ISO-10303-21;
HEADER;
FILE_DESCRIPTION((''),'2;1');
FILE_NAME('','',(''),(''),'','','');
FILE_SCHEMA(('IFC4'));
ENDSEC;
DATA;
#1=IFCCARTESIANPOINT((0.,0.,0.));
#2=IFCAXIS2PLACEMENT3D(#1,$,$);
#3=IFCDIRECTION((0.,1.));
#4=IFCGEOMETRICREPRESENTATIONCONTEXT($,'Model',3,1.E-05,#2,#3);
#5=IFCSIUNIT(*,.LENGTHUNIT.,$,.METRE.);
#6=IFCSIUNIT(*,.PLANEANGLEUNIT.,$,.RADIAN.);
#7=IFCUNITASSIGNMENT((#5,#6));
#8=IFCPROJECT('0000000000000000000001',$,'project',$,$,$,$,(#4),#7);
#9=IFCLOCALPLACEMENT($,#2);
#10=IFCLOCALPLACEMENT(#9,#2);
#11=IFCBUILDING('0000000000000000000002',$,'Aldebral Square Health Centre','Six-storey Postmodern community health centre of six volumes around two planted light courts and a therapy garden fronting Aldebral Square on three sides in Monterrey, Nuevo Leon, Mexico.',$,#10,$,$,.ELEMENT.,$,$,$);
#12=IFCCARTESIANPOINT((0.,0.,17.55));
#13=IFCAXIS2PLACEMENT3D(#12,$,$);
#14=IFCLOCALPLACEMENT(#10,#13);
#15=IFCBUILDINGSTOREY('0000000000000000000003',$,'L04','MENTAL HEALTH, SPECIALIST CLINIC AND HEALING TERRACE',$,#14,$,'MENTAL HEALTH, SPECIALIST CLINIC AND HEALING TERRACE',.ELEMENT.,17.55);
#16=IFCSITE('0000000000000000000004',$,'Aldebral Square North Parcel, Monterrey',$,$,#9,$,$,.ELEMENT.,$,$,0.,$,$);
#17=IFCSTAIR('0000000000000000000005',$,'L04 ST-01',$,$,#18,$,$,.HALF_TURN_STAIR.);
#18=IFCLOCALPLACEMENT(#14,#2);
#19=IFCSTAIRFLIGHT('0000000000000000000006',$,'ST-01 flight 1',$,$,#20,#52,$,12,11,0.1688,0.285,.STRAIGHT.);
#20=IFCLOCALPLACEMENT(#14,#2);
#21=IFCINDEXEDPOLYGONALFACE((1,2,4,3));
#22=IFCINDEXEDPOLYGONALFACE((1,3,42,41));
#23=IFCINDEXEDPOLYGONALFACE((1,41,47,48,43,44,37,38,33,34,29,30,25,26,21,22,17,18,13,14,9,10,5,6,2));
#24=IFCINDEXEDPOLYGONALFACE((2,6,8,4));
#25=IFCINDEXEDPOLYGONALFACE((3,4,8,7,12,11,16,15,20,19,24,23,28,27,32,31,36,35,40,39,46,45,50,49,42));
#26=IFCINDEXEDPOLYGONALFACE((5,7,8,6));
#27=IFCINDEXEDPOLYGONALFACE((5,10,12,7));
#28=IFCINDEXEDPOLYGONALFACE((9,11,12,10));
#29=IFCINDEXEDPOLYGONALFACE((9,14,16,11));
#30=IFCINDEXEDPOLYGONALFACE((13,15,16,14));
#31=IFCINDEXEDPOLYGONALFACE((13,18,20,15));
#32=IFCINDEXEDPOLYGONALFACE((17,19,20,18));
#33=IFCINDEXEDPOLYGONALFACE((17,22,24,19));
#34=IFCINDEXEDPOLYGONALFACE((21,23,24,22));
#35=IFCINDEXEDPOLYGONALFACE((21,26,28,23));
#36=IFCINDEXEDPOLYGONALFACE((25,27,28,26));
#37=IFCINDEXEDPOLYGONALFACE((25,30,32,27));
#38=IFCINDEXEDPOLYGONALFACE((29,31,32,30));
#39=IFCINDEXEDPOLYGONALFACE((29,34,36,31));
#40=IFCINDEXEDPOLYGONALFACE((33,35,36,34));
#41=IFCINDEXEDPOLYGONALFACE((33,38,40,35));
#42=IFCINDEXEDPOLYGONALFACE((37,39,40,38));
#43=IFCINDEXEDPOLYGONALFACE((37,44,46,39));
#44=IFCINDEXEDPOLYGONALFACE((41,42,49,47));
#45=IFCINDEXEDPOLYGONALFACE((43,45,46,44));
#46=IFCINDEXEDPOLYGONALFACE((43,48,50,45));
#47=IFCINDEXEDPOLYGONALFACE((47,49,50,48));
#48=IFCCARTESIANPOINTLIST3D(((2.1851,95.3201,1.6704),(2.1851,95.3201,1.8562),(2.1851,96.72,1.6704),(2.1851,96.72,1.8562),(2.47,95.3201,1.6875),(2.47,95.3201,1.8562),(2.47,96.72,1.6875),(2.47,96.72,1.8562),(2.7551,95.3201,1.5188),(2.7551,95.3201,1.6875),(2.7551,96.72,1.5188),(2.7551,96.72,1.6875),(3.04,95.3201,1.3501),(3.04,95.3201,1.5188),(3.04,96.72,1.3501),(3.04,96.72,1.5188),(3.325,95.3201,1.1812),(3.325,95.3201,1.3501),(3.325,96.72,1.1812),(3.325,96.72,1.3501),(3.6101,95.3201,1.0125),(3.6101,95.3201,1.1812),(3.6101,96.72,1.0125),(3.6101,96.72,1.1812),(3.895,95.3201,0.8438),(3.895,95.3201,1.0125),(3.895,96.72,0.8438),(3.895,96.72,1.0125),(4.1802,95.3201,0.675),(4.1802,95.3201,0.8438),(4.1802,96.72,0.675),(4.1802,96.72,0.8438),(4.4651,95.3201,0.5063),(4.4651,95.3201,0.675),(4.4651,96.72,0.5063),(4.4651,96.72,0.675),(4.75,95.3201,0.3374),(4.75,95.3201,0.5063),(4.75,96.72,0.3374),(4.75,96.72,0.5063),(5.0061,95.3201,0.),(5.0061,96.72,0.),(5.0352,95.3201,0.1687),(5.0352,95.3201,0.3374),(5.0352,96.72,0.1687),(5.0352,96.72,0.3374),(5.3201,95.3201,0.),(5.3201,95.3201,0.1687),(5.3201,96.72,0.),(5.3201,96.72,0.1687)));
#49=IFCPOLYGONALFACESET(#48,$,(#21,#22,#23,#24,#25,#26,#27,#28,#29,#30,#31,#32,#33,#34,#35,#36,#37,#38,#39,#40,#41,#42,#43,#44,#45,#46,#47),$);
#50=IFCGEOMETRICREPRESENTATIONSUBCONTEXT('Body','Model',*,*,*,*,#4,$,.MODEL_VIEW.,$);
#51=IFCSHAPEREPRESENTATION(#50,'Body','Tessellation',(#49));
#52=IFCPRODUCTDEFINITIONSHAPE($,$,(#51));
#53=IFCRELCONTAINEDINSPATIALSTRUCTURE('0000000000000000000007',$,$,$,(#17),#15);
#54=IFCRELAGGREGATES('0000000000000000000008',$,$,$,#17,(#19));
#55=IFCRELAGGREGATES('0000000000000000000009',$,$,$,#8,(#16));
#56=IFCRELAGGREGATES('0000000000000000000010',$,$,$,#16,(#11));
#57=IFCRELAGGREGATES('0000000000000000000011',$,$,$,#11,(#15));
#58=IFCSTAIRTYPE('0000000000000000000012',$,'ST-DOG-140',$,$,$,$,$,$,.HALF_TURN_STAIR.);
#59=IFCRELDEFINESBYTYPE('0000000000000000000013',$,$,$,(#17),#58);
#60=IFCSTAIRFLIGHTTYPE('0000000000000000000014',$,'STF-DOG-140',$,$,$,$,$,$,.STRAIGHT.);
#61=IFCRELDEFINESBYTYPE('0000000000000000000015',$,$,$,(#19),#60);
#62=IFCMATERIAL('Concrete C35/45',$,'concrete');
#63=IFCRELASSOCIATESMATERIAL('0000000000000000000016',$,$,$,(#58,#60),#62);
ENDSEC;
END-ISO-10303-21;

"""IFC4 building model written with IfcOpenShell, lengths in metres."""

from ifc_helpers import new_model, si_unit, direction, frame, origin, place, context, subcontext, project, spatial, polyline, outline, extrude, material, type_object, element, aggregate, save


model = new_model("IFC4")

# Units and contexts
model_context = context("Model", 3, precision=1e-05, world=origin(), true_north=direction((0.0, 1.0)))
body_context = subcontext(model_context, "Body", "Model", "MODEL_VIEW")
ifc_project = project(units=[si_unit("LENGTHUNIT", "METRE"), si_unit("PLANEANGLEUNIT", "RADIAN")], contexts=[model_context])

# Site, building, storey
site_placement = place(None, origin())
site = spatial("IfcSite", under=ifc_project, at=site_placement, Name="Aldebral Square North Parcel, Monterrey", CompositionType="ELEMENT", RefElevation=0.0)
building_placement = place(site_placement, origin())
building = spatial("IfcBuilding", under=site, at=building_placement, Name="Aldebral Square Health Centre", Description="Six-storey Postmodern community health centre of six volumes around two planted light courts and a therapy garden fronting Aldebral Square on three sides in Monterrey, Nuevo Leon, Mexico.", CompositionType="ELEMENT")
storey_placement = place(building_placement, frame((0.0, 0.0, 17.55)))
storey = spatial("IfcBuildingStorey", under=building, at=storey_placement, Name="L04", Description="MENTAL HEALTH, SPECIALIST CLINIC AND HEALING TERRACE", LongName="MENTAL HEALTH, SPECIALIST CLINIC AND HEALING TERRACE", CompositionType="ELEMENT", Elevation=17.55)

# Stair, stair flight
ifc_material_1 = material(Name="Concrete C35/45", Category="concrete")
stair_type = type_object("IfcStairType", Name="ST-DOG-140", PredefinedType="HALF_TURN_STAIR", material=ifc_material_1)
stair_placement = place(storey_placement, origin())
stair = element("IfcStair", 1, at=stair_placement, inside=storey, type_object=stair_type, Name="L04 ST-01", PredefinedType="HALF_TURN_STAIR")
stair_flight_type = type_object("IfcStairFlightType", Name="STF-DOG-140", PredefinedType="STRAIGHT", material=ifc_material_1)
stair_flight_placement = place(storey_placement, frame((5.3201, 96.02, 0.0), z_axis=(0.0, 0.0, 1.0), x_axis=(-1.0, 0.0, 0.0)))
stair_flight = element("IfcStairFlight", 2, at=stair_flight_placement, type_object=stair_flight_type, Name="ST-01 flight 1", NumberOfRisers=12, NumberOfTreads=11, PredefinedType="STRAIGHT", RiserHeight=0.1688, TreadLength=0.285, context=body_context, shape_type="SweptSolid", body=[
    extrude(outline(polyline([(0.0, 0.0), (0.0, 0.1687), (0.2849, 0.1687), (0.2849, 0.3374), (0.5701, 0.3374), (0.5701, 0.5063), (0.855, 0.5063), (0.855, 0.675), (1.1399, 0.675), (1.1399, 0.8438), (1.425, 0.8438), (1.425, 1.0125), (1.71, 1.0125), (1.71, 1.1812), (1.9951, 1.1812), (1.9951, 1.3501), (2.28, 1.3501), (2.28, 1.5188), (2.5649, 1.5188), (2.5649, 1.6875), (2.8501, 1.6875), (2.8501, 1.8562), (3.135, 1.8562), (3.135, 2.0249), (3.135, 1.6704), (0.314, 0.0), (0.0, 0.0)])), frame((0.0, 0.7, 0.0), z_axis=(0.0, -1.0, 0.0), x_axis=(1.0, 0.0, 0.0)), (0.0, 0.0, 1.0), 1.3999),
])
aggregate(stair, [stair_flight])

save(model, "model.ifc")
